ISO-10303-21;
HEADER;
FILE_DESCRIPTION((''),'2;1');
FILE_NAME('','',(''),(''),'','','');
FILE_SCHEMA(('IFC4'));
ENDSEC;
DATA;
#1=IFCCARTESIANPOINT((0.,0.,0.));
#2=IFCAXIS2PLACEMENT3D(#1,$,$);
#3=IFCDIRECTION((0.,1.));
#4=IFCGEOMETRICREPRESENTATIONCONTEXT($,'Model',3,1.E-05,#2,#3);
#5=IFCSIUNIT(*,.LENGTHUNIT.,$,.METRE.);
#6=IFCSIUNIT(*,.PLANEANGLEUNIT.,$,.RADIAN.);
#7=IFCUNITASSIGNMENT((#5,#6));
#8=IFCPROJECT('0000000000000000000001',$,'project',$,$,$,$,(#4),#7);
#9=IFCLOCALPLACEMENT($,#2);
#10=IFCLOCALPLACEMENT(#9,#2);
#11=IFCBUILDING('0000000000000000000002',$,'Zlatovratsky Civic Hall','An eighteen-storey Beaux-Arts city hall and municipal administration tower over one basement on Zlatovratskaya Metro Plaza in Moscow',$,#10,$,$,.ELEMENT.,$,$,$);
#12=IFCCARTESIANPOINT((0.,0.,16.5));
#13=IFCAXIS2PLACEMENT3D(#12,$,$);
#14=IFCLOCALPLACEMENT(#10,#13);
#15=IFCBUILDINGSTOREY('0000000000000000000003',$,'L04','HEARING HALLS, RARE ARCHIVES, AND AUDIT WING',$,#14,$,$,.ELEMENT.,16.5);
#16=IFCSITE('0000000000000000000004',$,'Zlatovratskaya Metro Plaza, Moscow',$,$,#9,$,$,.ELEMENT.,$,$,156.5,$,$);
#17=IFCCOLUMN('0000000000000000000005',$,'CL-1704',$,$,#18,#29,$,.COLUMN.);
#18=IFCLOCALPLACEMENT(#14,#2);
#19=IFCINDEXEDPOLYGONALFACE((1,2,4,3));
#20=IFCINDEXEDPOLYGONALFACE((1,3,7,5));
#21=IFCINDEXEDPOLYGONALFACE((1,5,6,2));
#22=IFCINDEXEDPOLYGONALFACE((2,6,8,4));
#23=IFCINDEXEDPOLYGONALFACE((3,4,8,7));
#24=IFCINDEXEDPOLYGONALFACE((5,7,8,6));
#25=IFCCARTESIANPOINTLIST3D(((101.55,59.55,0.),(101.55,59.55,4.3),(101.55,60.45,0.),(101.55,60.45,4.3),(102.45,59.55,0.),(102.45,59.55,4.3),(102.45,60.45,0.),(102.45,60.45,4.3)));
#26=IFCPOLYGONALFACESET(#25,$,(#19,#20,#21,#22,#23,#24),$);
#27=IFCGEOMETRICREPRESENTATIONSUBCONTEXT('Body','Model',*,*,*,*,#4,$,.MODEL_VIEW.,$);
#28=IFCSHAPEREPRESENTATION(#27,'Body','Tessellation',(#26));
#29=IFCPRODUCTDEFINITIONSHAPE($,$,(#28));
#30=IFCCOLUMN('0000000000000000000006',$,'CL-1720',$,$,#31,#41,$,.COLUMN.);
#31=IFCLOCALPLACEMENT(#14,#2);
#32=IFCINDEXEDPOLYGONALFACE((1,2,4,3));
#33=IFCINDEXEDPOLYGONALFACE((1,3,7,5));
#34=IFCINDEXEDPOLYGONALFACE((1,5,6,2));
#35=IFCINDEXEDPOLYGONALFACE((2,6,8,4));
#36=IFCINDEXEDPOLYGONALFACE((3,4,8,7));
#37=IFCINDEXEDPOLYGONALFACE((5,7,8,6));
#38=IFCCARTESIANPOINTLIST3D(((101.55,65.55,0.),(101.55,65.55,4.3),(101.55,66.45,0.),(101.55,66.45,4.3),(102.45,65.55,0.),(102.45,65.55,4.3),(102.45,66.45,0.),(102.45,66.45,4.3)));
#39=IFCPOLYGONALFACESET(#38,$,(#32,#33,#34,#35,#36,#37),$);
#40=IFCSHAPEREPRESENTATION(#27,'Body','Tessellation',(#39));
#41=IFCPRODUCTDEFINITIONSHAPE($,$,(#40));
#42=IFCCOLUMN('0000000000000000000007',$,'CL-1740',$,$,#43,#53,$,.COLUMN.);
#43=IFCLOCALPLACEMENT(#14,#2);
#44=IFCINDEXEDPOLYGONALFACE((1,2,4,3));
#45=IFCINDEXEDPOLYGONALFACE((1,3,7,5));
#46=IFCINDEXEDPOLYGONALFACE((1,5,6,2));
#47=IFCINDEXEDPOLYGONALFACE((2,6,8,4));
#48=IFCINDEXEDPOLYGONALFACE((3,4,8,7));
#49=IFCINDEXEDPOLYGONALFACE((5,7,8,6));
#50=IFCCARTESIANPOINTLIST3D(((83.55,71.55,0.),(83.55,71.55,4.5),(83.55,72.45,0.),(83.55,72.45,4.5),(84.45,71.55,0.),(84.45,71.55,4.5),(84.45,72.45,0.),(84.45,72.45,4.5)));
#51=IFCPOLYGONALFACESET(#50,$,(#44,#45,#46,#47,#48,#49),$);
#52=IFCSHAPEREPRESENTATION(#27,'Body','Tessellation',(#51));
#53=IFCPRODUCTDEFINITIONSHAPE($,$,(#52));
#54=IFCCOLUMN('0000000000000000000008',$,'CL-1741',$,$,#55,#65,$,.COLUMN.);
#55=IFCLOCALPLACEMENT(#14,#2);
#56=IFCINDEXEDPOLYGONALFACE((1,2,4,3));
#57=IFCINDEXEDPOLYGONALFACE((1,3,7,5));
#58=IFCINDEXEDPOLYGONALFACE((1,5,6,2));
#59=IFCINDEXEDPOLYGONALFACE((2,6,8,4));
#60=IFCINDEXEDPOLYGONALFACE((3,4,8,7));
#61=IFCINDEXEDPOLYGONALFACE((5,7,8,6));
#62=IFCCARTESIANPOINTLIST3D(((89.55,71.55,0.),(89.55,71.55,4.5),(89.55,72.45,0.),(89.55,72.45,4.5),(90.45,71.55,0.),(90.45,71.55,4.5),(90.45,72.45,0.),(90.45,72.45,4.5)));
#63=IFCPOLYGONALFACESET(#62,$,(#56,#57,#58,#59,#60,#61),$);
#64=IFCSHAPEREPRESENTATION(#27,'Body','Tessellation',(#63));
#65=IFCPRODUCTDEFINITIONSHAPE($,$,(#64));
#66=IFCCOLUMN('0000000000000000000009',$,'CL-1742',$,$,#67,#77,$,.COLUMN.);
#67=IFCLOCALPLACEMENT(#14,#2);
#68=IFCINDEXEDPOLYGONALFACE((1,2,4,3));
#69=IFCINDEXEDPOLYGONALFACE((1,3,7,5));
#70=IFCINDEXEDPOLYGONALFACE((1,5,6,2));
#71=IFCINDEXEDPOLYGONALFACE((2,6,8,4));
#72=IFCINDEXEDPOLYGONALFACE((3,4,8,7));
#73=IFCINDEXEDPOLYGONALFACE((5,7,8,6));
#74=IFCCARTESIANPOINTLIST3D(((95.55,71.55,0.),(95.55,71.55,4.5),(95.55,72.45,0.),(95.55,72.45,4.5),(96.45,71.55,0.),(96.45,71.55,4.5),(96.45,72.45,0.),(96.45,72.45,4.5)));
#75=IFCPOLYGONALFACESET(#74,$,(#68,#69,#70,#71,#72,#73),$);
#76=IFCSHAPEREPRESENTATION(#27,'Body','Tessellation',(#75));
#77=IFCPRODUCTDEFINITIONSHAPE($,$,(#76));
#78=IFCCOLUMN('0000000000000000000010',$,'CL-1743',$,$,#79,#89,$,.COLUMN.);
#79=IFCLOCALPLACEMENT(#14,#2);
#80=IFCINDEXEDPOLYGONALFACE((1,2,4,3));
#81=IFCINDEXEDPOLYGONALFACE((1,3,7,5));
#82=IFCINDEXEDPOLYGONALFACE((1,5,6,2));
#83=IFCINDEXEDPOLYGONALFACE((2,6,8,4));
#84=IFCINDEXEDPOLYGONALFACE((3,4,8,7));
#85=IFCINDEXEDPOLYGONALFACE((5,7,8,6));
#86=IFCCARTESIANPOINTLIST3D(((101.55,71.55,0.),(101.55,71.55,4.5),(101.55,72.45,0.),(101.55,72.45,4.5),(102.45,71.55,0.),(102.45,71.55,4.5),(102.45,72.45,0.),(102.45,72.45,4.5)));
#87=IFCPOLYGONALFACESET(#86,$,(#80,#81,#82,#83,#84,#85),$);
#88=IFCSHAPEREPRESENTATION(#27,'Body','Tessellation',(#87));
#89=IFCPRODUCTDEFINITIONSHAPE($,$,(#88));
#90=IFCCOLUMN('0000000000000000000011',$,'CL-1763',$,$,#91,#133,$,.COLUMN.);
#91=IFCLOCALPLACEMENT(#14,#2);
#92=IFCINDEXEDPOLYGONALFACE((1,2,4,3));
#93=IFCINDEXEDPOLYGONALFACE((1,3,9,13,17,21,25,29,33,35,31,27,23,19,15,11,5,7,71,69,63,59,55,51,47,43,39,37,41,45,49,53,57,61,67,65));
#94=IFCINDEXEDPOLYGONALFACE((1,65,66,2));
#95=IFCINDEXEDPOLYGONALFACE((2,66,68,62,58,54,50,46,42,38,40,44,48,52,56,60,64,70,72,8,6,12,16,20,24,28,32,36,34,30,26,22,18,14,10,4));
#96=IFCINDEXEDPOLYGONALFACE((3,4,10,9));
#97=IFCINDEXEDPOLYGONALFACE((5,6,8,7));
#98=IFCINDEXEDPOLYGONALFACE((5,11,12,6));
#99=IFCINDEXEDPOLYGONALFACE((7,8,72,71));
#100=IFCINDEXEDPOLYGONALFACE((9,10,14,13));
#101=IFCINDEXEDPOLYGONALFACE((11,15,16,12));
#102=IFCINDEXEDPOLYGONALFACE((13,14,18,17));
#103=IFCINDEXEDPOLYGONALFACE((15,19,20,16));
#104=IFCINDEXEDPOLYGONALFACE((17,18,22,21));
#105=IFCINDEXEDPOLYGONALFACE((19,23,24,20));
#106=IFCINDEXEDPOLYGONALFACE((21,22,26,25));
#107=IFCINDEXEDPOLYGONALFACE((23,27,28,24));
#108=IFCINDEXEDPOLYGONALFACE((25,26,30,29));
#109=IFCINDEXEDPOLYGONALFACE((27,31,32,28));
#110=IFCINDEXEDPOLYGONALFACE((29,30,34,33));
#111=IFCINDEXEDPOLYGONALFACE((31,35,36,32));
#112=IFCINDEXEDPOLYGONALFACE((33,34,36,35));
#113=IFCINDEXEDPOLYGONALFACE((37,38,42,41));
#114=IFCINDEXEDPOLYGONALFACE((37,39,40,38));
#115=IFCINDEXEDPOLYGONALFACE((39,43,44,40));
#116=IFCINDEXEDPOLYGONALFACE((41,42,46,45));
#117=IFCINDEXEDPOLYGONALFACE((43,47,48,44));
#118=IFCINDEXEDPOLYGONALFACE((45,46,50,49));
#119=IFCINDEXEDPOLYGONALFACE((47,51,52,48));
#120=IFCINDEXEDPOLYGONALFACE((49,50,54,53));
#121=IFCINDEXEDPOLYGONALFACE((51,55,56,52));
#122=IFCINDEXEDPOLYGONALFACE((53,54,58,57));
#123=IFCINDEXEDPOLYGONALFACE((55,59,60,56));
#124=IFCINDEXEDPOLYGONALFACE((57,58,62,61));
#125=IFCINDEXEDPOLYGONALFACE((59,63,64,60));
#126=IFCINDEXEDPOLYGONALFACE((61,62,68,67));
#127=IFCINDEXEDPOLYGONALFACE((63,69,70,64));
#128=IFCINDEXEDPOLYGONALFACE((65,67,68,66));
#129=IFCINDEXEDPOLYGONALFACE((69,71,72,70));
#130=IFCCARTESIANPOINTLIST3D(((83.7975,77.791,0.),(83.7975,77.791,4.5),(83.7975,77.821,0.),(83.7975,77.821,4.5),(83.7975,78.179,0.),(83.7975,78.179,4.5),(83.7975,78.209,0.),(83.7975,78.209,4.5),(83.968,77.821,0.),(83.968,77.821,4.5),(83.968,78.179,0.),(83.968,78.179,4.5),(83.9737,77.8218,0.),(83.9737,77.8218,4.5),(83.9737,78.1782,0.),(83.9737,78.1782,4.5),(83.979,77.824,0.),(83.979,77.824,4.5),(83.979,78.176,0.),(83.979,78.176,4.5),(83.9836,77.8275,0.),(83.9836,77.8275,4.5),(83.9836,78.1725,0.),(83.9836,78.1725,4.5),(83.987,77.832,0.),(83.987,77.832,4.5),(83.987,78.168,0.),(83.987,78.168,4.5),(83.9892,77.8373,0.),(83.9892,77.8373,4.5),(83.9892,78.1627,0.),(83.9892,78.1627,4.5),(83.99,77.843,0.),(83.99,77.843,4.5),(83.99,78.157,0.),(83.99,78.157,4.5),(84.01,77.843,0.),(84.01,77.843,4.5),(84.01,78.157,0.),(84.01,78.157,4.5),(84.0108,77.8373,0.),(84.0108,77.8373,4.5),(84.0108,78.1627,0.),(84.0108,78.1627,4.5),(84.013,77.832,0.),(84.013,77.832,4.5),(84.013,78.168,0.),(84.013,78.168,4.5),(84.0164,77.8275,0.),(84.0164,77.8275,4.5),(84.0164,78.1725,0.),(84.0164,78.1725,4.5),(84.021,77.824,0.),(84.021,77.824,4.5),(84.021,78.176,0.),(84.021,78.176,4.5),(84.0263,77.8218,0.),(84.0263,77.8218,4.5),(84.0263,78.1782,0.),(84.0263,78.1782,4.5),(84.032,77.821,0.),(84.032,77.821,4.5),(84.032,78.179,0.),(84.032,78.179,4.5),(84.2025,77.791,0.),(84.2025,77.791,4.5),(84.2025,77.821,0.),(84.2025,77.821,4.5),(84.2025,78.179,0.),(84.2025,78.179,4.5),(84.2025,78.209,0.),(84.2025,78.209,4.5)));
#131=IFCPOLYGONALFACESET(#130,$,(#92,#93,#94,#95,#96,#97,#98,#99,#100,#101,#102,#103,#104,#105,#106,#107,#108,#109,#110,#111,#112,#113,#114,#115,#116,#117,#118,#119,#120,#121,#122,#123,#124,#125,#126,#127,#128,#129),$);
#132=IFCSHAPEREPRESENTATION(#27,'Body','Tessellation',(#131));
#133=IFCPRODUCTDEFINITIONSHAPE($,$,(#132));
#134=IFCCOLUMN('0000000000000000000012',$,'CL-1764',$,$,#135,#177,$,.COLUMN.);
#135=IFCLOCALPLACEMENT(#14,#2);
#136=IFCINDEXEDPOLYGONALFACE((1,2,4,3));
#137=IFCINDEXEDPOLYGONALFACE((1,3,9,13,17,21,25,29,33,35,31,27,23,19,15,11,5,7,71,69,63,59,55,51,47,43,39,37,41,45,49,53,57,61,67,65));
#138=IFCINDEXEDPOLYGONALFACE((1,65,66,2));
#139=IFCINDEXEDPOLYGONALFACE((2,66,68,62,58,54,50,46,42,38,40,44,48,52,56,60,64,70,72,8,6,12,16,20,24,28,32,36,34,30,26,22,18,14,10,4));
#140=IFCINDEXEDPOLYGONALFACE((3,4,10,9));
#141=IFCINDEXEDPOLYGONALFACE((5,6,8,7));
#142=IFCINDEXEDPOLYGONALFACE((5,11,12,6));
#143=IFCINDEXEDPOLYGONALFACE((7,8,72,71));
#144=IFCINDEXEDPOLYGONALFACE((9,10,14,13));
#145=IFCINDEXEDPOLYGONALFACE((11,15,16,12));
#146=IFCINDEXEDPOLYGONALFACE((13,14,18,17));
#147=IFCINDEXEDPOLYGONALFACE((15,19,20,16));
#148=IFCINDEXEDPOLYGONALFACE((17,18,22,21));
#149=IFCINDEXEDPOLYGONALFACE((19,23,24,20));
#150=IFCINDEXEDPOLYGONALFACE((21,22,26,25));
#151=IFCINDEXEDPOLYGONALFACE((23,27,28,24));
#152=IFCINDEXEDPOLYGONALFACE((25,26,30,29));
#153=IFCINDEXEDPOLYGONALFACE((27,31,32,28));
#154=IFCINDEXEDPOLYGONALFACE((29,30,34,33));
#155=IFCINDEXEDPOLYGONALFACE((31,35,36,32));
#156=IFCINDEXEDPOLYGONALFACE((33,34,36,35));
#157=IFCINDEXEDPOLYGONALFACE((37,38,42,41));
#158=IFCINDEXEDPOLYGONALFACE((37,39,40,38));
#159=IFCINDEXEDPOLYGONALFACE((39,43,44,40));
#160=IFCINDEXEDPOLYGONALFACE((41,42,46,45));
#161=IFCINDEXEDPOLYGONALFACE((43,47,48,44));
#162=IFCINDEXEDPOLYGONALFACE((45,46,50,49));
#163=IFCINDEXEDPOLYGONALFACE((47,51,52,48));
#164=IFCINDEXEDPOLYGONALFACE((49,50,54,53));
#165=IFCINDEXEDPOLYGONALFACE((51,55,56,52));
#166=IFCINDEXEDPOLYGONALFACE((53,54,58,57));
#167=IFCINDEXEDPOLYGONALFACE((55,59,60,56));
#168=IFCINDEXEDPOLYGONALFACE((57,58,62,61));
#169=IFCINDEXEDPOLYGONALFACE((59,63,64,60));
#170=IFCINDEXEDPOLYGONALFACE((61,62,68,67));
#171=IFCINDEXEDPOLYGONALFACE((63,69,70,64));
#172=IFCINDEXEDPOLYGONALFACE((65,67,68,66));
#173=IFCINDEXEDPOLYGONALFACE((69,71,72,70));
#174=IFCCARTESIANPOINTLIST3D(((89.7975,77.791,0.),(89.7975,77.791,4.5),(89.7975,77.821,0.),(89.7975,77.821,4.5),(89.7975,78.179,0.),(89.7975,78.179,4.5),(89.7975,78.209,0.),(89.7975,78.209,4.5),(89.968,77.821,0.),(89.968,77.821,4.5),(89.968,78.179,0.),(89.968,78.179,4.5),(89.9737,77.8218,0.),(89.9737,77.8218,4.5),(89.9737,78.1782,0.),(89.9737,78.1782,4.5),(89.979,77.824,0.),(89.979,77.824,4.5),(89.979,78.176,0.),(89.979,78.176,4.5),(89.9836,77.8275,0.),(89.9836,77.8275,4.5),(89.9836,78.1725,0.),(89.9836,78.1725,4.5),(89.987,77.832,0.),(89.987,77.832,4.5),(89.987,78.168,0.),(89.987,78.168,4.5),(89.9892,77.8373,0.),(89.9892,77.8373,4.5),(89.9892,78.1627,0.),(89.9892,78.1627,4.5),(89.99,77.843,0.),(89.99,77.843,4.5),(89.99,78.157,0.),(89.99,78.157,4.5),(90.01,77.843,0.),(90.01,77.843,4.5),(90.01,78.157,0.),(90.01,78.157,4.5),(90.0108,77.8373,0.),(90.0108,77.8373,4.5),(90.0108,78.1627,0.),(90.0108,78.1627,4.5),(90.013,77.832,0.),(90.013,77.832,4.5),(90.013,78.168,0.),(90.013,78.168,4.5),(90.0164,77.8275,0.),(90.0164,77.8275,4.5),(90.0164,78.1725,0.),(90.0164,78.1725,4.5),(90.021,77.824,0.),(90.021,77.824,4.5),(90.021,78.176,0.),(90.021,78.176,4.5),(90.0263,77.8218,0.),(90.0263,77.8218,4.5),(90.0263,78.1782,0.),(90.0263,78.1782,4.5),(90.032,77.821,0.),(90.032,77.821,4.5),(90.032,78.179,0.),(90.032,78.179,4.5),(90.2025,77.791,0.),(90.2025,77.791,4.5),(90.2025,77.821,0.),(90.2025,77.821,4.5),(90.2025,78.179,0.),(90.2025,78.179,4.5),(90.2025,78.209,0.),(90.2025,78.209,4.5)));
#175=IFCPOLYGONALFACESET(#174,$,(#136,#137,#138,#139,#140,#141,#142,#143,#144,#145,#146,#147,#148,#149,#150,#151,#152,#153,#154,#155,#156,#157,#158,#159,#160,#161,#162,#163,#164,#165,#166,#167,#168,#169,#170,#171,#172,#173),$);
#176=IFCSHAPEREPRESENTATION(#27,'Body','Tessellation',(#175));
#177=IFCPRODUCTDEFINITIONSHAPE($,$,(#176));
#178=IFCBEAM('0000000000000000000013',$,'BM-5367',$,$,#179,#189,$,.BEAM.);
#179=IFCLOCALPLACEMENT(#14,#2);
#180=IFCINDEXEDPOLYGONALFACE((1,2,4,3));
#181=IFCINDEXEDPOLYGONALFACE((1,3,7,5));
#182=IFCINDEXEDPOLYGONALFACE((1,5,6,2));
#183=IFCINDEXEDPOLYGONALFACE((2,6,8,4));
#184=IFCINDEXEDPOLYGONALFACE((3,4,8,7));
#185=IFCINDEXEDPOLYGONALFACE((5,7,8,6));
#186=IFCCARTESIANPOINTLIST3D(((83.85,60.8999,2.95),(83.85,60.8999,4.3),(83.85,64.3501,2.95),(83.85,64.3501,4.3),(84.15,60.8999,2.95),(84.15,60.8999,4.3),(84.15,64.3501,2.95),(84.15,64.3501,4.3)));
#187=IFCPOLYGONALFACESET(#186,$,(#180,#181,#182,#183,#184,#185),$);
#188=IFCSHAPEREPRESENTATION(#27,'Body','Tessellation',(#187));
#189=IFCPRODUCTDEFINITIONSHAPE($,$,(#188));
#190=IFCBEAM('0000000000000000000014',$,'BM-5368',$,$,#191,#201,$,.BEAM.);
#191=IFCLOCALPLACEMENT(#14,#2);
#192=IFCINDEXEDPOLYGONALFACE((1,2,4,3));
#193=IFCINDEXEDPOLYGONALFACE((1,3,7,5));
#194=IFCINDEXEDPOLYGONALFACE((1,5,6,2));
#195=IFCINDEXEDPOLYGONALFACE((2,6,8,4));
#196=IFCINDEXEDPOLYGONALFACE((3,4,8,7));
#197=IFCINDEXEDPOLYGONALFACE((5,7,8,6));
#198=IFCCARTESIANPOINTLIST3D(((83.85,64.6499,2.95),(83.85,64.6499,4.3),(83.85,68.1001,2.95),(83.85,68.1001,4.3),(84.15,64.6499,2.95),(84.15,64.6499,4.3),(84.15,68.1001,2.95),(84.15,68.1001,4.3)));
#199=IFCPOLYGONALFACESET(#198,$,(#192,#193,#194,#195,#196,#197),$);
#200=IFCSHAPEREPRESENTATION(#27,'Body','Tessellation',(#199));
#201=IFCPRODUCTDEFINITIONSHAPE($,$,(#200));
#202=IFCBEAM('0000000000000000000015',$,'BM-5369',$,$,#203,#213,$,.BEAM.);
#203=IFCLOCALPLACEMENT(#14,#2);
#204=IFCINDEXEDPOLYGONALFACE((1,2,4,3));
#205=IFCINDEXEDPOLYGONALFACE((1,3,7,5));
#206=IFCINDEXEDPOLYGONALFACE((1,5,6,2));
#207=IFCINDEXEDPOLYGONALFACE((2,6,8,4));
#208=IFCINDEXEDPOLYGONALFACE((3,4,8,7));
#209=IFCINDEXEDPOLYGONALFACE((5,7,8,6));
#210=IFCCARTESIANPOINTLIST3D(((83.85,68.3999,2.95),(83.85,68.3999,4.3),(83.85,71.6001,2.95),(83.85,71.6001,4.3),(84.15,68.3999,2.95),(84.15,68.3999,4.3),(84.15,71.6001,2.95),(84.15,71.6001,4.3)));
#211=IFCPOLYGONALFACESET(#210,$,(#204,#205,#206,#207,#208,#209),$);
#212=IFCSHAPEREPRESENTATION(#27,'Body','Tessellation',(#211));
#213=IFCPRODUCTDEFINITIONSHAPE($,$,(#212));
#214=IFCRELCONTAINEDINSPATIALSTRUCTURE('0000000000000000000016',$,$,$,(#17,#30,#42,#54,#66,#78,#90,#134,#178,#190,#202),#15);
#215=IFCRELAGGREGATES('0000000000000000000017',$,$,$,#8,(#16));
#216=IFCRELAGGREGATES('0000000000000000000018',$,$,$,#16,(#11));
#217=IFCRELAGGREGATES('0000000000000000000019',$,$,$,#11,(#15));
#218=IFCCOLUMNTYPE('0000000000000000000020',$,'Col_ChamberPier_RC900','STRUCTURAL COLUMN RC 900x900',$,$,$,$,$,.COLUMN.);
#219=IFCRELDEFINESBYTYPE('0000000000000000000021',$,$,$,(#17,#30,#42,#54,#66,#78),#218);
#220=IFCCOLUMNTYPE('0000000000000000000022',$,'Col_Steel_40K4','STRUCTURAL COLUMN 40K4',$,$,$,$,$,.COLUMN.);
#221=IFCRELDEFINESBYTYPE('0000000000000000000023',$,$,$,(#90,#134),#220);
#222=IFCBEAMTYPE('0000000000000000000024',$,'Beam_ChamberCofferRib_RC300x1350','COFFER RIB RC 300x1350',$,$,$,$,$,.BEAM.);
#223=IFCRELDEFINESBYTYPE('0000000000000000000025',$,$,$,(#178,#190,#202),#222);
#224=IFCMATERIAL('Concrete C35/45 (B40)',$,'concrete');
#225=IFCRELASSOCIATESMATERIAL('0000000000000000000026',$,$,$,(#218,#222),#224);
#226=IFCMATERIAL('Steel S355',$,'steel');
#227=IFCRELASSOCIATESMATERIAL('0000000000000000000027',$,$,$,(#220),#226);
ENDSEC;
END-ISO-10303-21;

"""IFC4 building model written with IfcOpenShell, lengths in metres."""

from ifc_helpers import new_model, si_unit, direction, frame, origin, origin_2d, place, context, subcontext, project, spatial, rectangle, i_section, extrude, material, material_profile, profile_set, type_object, element, save


model = new_model("IFC4")

# Units and contexts
model_context = context("Model", 3, precision=1e-05, world=origin(), true_north=direction((0.0, 1.0)))
body_context = subcontext(model_context, "Body", "Model", "MODEL_VIEW")
ifc_project = project(units=[si_unit("LENGTHUNIT", "METRE"), si_unit("PLANEANGLEUNIT", "RADIAN")], contexts=[model_context])

# Site, building, storey
site_placement = place(None, origin())
site = spatial("IfcSite", under=ifc_project, at=site_placement, Name="Zlatovratskaya Metro Plaza, Moscow", CompositionType="ELEMENT", RefElevation=156.5)
building_placement = place(site_placement, origin())
building = spatial("IfcBuilding", under=site, at=building_placement, Name="Zlatovratsky Civic Hall", Description="An eighteen-storey Beaux-Arts city hall and municipal administration tower over one basement on Zlatovratskaya Metro Plaza in Moscow", CompositionType="ELEMENT")
storey_placement = place(building_placement, frame((0.0, 0.0, 16.5)))
storey = spatial("IfcBuildingStorey", under=building, at=storey_placement, Name="L04", Description="HEARING HALLS, RARE ARCHIVES, AND AUDIT WING", CompositionType="ELEMENT", Elevation=16.5)

# Columns
ifc_material_1 = material(Name="Concrete C35/45 (B40)", Category="concrete")
ifc_material_profile_1 = material_profile(ifc_material_1, rectangle(XDim=0.8999, YDim=0.8999, at=origin_2d()), Name="RC 900x900")
ifc_profile_set_1 = profile_set([ifc_material_profile_1], Name="Concrete C35/45 (B40)")
column_type_1 = type_object("IfcColumnType", Name="Col_ChamberPier_RC900", Description="STRUCTURAL COLUMN RC 900x900", PredefinedType="COLUMN", material=ifc_profile_set_1)
for number, where, z_axis, x_axis, name in (
    (1, (102.0, 60.0, 0.0), (0.0, 0.0, 1.0), (1.0, 0.0, 0.0), "CL-1704"),
    (2, (102.0, 66.0, 0.0), (0.0, 0.0, 1.0), (1.0, 0.0, 0.0), "CL-1720"),
):
    element("IfcColumn", number, at=place(storey_placement, frame(where, z_axis=z_axis, x_axis=x_axis)), inside=storey, type_object=column_type_1, Name=name, PredefinedType="COLUMN", context=body_context, shape_type="SweptSolid", body=[
        extrude(rectangle(XDim=0.8999, YDim=0.8999, at=origin_2d()), origin(), (0.0, 0.0, 1.0), 4.3),
    ])
for number, where, z_axis, x_axis, name in (
    (3, (84.0, 72.0, 0.0), (0.0, 0.0, 1.0), (1.0, 0.0, 0.0), "CL-1740"),
    (4, (90.0, 72.0, 0.0), (0.0, 0.0, 1.0), (1.0, 0.0, 0.0), "CL-1741"),
    (5, (96.0, 72.0, 0.0), (0.0, 0.0, 1.0), (1.0, 0.0, 0.0), "CL-1742"),
    (6, (102.0, 72.0, 0.0), (0.0, 0.0, 1.0), (1.0, 0.0, 0.0), "CL-1743"),
):
    element("IfcColumn", number, at=place(storey_placement, frame(where, z_axis=z_axis, x_axis=x_axis)), inside=storey, type_object=column_type_1, Name=name, PredefinedType="COLUMN", context=body_context, shape_type="SweptSolid", body=[
        extrude(rectangle(XDim=0.8999, YDim=0.8999, at=origin_2d()), origin(), (0.0, 0.0, 1.0), 4.5),
    ])
ifc_material_2 = material(Name="Steel S355", Category="steel")
ifc_material_profile_2 = material_profile(ifc_material_2, i_section(OverallWidth=0.405, OverallDepth=0.418, WebThickness=0.02, FlangeThickness=0.03, FilletRadius=0.022, at=origin_2d()), Name="40K4")
ifc_profile_set_2 = profile_set([ifc_material_profile_2], Name="Steel S355")
column_type_2 = type_object("IfcColumnType", Name="Col_Steel_40K4", Description="STRUCTURAL COLUMN 40K4", PredefinedType="COLUMN", material=ifc_profile_set_2)
for number, where, z_axis, x_axis, name in (
    (7, (84.0, 78.0, 0.0), (0.0, 0.0, 1.0), (1.0, 0.0, 0.0), "CL-1763"),
    (8, (90.0, 78.0, 0.0), (0.0, 0.0, 1.0), (1.0, 0.0, 0.0), "CL-1764"),
):
    element("IfcColumn", number, at=place(storey_placement, frame(where, z_axis=z_axis, x_axis=x_axis)), inside=storey, type_object=column_type_2, Name=name, PredefinedType="COLUMN", context=body_context, shape_type="SweptSolid", body=[
        extrude(i_section(OverallWidth=0.405, OverallDepth=0.418, WebThickness=0.02, FlangeThickness=0.03, FilletRadius=0.022, at=origin_2d()), origin(), (0.0, 0.0, 1.0), 4.5),
    ])

# Beams
ifc_material_profile_3 = material_profile(ifc_material_1, rectangle(XDim=0.3, YDim=1.3501, at=origin_2d()), Name="RC 300x1350")
ifc_profile_set_3 = profile_set([ifc_material_profile_3], Name="Concrete C35/45 (B40)")
beam_type_1 = type_object("IfcBeamType", Name="Beam_ChamberCofferRib_RC300x1350", Description="COFFER RIB RC 300x1350", PredefinedType="BEAM", material=ifc_profile_set_3)
for number, where, z_axis, x_axis, name in (
    (9, (84.0, 60.8999, 3.625), (0.0, 1.0, 0.0), (-1.0, 0.0, 0.0), "BM-5367"),
    (10, (84.0, 64.6499, 3.625), (0.0, 1.0, 0.0), (-1.0, 0.0, 0.0), "BM-5368"),
):
    element("IfcBeam", number, at=place(storey_placement, frame(where, z_axis=z_axis, x_axis=x_axis)), inside=storey, type_object=beam_type_1, Name=name, PredefinedType="BEAM", context=body_context, shape_type="SweptSolid", body=[
        extrude(rectangle(XDim=0.3, YDim=1.3501, at=origin_2d()), origin(), (0.0, 0.0, 1.0), 3.4502),
    ])
beam_1_placement = place(storey_placement, frame((84.0, 68.3999, 3.625), z_axis=(0.0, 1.0, 0.0), x_axis=(-1.0, 0.0, 0.0)))
element("IfcBeam", 11, at=beam_1_placement, inside=storey, type_object=beam_type_1, Name="BM-5369", PredefinedType="BEAM", context=body_context, shape_type="SweptSolid", body=[
    extrude(rectangle(XDim=0.3, YDim=1.3501, at=origin_2d()), origin(), (0.0, 0.0, 1.0), 3.2002),
])

save(model, "model.ifc")
